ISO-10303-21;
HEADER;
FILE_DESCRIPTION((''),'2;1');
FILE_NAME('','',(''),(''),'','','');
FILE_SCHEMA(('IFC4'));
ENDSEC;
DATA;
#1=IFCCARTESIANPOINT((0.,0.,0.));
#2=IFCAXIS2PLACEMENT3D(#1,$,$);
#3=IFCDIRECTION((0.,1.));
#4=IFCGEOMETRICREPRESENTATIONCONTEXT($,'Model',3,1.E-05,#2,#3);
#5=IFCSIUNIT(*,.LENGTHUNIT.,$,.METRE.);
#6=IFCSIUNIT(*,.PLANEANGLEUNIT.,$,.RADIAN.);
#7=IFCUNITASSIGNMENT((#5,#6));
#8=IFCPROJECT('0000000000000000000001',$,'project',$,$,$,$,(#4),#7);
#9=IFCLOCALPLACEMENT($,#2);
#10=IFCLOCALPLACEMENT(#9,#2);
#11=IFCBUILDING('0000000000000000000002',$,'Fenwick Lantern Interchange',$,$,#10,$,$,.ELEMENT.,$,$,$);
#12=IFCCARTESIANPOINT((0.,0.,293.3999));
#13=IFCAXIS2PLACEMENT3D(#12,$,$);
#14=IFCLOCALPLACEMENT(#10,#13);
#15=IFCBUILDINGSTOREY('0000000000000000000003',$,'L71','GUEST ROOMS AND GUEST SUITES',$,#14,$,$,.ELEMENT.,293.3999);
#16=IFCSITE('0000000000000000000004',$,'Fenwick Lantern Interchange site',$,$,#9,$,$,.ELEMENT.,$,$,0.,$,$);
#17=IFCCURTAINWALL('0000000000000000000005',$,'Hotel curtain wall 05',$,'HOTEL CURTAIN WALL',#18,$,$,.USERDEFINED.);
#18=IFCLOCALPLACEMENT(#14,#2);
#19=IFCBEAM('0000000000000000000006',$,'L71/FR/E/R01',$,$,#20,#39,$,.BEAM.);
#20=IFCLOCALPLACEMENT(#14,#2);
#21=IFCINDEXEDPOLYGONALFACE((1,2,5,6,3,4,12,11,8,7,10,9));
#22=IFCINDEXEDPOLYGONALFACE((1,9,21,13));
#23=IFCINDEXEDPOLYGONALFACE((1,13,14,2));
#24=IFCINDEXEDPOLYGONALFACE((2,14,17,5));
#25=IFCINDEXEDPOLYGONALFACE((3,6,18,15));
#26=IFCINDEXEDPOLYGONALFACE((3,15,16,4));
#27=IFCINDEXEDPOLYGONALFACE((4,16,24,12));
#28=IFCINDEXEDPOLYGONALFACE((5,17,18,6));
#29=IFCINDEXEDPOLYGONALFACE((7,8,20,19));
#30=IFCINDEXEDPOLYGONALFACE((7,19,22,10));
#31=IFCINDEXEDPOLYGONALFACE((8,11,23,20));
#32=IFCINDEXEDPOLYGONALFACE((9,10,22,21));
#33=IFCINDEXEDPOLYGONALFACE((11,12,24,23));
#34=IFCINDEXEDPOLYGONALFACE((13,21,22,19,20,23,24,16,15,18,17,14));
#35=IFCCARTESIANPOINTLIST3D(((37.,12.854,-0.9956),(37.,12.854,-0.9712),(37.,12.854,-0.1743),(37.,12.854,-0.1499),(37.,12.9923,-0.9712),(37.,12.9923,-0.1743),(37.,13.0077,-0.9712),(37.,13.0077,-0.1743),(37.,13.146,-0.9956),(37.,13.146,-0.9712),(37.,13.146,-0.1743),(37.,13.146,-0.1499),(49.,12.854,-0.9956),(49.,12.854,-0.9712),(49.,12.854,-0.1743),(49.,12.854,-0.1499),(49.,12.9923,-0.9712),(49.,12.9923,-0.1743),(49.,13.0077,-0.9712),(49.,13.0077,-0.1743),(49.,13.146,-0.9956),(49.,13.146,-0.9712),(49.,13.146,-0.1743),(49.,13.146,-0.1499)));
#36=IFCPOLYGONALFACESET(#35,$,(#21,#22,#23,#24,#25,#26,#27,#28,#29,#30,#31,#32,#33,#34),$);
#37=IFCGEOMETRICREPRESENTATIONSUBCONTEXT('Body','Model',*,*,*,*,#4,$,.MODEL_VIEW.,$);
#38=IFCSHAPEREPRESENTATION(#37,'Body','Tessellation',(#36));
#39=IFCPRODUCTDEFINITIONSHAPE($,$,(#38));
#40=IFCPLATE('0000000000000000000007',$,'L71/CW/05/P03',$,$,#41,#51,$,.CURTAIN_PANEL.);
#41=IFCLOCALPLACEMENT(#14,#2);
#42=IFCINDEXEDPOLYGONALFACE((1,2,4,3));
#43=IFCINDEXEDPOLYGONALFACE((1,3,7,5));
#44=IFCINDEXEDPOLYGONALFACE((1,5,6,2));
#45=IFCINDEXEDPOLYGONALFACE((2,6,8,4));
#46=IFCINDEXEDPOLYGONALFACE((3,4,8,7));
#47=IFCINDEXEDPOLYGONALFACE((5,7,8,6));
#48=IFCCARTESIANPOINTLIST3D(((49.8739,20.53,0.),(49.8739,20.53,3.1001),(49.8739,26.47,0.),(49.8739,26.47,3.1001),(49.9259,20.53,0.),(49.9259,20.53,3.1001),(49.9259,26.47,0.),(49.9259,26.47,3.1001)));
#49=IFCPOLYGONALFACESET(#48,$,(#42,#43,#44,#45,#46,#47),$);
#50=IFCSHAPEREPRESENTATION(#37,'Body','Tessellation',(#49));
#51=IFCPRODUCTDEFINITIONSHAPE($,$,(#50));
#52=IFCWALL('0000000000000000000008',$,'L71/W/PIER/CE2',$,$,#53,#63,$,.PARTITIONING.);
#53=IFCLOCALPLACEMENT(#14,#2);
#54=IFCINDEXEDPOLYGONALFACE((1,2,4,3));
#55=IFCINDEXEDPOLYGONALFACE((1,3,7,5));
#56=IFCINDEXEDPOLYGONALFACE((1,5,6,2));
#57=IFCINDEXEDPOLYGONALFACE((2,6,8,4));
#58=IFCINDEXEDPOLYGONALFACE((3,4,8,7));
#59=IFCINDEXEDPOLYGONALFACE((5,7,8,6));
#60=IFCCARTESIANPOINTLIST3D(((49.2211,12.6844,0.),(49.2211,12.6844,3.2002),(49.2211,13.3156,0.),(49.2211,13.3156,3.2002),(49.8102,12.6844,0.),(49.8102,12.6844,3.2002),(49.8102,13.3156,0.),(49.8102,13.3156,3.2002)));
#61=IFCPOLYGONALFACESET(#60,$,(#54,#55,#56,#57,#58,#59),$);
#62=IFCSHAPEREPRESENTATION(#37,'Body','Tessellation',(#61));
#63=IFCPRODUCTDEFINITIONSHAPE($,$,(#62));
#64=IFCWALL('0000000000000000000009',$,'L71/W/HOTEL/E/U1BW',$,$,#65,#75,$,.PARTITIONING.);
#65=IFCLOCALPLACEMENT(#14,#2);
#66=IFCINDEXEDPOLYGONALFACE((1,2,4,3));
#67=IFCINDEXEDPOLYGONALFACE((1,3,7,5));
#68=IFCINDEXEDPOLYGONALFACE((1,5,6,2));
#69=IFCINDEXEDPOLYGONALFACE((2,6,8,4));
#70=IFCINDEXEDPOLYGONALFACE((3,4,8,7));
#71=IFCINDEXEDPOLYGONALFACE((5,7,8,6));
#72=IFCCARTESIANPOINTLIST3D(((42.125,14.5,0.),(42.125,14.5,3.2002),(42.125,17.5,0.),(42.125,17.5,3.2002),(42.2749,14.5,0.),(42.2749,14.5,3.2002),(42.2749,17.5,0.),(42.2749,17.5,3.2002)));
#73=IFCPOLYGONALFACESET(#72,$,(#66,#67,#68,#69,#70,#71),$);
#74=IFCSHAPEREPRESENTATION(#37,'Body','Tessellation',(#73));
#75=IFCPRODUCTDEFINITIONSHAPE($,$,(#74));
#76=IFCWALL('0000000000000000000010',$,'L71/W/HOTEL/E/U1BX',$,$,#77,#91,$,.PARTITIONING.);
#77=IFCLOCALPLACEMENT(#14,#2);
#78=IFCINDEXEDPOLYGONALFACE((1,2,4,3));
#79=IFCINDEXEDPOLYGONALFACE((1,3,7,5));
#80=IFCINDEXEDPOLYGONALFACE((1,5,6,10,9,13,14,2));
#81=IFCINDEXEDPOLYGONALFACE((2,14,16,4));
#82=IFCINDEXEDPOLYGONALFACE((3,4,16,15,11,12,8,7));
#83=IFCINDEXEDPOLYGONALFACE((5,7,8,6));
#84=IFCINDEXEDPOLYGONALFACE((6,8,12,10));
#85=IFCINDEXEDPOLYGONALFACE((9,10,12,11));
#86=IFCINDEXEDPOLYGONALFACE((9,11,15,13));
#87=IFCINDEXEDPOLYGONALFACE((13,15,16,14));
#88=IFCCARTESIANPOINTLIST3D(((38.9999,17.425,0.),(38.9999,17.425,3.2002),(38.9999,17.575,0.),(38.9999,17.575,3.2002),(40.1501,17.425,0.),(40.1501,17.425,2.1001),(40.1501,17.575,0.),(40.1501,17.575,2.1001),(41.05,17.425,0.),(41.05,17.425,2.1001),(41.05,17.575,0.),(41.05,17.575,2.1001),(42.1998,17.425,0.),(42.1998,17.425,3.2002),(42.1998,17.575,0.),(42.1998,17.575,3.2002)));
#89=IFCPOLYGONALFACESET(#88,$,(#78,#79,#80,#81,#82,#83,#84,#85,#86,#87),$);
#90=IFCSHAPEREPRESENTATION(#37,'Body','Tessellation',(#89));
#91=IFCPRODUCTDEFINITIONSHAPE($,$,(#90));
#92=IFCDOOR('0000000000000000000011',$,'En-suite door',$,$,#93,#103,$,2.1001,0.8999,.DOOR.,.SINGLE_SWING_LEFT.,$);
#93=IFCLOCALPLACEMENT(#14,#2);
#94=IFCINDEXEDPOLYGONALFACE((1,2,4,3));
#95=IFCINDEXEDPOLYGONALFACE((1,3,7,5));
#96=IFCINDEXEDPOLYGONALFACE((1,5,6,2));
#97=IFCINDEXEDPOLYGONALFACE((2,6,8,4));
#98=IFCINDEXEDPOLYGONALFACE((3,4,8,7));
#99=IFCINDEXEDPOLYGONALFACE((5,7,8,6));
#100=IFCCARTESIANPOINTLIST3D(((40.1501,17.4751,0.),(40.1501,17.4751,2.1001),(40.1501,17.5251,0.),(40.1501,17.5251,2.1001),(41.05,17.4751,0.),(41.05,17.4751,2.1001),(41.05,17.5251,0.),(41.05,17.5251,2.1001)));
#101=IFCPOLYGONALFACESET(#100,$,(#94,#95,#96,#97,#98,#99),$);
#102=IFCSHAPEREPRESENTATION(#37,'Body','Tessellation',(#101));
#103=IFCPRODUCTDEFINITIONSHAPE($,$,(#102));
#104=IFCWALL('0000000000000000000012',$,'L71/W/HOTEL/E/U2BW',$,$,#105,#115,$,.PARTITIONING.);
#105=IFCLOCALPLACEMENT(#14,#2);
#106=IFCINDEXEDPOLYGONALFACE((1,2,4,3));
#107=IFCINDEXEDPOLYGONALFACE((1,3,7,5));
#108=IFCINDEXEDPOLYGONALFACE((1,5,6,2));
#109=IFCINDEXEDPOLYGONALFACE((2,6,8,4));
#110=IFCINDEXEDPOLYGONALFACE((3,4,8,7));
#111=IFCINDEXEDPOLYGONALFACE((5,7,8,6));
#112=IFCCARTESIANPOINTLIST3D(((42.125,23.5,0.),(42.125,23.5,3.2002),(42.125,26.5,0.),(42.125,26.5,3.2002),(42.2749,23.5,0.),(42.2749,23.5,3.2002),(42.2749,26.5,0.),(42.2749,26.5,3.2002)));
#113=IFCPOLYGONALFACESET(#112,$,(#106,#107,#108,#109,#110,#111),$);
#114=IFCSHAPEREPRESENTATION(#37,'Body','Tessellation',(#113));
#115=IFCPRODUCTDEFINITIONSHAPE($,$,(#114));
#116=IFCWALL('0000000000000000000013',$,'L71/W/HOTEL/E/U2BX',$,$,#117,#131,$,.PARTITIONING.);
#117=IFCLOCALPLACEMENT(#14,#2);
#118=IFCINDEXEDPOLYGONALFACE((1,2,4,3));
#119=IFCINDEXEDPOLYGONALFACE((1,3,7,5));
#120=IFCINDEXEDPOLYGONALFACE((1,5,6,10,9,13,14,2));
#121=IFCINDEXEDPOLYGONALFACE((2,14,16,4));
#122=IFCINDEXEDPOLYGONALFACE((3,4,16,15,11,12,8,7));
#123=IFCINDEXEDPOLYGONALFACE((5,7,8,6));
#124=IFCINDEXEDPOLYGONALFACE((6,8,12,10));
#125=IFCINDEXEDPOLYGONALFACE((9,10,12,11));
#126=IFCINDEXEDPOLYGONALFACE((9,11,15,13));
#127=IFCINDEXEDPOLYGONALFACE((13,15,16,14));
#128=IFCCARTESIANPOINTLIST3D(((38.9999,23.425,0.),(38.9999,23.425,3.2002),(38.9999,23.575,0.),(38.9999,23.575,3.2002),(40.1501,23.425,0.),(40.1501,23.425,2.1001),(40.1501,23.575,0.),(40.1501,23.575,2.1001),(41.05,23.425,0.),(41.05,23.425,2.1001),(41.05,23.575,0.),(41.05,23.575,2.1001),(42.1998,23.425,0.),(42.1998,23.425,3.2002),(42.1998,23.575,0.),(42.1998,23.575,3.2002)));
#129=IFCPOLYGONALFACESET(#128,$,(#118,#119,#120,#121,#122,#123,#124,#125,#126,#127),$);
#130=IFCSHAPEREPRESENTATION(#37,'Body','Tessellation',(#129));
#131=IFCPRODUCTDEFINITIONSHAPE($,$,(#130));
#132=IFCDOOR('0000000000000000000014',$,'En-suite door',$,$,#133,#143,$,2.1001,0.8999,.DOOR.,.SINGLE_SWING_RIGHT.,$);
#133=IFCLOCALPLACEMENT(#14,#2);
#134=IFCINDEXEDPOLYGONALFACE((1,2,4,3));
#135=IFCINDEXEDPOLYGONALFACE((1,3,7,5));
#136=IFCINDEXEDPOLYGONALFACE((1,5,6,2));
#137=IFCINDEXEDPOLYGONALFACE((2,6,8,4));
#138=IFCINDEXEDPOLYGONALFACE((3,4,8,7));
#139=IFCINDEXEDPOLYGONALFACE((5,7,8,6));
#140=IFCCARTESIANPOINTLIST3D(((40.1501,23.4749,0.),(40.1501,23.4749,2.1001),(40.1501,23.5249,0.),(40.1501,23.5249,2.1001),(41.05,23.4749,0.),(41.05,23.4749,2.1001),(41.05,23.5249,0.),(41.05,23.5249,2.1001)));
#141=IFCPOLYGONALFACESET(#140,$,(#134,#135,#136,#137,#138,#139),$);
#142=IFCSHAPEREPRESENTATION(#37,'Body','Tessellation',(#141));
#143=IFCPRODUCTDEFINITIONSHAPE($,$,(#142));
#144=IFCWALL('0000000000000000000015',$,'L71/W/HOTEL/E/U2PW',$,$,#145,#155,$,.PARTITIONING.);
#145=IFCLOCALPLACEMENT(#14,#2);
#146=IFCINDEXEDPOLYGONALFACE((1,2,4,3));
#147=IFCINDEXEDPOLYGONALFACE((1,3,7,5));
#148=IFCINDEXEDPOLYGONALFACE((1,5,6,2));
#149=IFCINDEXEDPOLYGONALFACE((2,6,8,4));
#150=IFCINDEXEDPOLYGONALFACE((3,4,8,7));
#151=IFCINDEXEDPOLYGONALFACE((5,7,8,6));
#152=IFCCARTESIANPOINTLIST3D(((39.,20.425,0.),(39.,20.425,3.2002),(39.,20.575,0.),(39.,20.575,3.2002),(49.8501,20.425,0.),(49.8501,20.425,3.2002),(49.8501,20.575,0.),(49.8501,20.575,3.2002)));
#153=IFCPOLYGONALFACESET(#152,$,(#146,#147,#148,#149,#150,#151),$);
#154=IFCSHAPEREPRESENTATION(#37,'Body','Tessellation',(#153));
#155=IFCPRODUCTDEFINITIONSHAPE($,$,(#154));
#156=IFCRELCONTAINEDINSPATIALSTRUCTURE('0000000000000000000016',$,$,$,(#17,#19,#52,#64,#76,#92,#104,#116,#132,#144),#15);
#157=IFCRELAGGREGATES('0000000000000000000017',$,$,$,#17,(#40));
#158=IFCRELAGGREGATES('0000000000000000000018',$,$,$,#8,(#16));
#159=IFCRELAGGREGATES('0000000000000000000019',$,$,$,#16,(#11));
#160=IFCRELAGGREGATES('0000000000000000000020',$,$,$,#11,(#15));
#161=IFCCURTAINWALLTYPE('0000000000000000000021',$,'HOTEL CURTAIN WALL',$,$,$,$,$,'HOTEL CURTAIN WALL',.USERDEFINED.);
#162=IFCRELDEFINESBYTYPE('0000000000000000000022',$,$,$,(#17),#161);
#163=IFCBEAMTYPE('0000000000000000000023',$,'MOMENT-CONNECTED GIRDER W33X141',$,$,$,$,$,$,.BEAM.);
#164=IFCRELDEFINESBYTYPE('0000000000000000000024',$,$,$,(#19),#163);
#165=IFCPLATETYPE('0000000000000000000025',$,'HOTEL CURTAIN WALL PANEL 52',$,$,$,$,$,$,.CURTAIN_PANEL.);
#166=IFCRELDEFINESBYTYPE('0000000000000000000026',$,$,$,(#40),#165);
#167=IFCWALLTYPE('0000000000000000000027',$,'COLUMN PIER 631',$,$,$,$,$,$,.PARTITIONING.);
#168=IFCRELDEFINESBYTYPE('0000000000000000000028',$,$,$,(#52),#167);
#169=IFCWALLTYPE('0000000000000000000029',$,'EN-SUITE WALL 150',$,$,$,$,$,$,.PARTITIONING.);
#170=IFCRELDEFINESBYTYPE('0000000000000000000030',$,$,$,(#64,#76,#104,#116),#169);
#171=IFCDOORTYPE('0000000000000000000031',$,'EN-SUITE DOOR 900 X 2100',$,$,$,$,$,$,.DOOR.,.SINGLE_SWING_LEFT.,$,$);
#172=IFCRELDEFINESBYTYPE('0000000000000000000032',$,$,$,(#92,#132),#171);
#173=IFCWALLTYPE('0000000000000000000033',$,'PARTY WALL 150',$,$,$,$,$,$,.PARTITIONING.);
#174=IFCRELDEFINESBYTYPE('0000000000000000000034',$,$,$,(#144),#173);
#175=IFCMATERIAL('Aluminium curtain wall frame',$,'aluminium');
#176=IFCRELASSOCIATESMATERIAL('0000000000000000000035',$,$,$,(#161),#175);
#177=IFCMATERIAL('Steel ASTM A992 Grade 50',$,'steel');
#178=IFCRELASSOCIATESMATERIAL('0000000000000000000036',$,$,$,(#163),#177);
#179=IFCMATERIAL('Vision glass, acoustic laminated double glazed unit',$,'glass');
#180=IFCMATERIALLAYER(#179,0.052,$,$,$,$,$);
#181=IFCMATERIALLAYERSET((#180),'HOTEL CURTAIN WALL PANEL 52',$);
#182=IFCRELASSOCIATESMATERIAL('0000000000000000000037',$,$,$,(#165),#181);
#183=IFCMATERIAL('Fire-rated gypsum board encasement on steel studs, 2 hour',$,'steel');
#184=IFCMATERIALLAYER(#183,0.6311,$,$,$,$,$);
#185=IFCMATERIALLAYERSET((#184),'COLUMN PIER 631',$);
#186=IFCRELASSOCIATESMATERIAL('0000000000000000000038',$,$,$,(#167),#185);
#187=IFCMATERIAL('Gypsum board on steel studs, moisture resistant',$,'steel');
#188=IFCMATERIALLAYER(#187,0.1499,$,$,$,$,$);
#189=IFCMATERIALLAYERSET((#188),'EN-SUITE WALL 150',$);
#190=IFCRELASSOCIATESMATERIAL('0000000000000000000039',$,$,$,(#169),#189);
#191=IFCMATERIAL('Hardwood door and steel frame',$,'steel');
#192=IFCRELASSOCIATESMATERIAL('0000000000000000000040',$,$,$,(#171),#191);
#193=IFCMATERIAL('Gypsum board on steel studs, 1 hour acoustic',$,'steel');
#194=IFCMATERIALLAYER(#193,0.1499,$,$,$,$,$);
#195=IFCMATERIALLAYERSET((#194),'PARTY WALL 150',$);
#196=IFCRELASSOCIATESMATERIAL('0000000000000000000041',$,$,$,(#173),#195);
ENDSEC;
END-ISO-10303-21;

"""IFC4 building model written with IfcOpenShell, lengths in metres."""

from ifc_helpers import new_model, si_unit, direction, frame, frame_2d, origin, origin_2d, place, context, subcontext, project, spatial, rectangle, i_section, extrude, material, layer, layer_set, material_profile, profile_set, type_object, element, fill, aggregate, save


model = new_model("IFC4")

# Units and contexts
model_context = context("Model", 3, precision=1e-05, world=origin(), true_north=direction((0.0, 1.0)))
body_context = subcontext(model_context, "Body", "Model", "MODEL_VIEW")
ifc_project = project(units=[si_unit("LENGTHUNIT", "METRE"), si_unit("PLANEANGLEUNIT", "RADIAN")], contexts=[model_context])

# Site, building, storey
site_placement = place(None, origin())
site = spatial("IfcSite", under=ifc_project, at=site_placement, Name="Fenwick Lantern Interchange site", CompositionType="ELEMENT", RefElevation=0.0)
building_placement = place(site_placement, origin())
building = spatial("IfcBuilding", under=site, at=building_placement, Name="Fenwick Lantern Interchange", CompositionType="ELEMENT")
storey_placement = place(building_placement, frame((0.0, 0.0, 293.3999)))
storey = spatial("IfcBuildingStorey", under=building, at=storey_placement, Name="L71", Description="GUEST ROOMS AND GUEST SUITES", CompositionType="ELEMENT", Elevation=293.3999)

# Shared definitions
ifc_material_1 = material(Name="Steel ASTM A992 Grade 50", Category="steel")

# Curtain wall
ifc_material_2 = material(Name="Aluminium curtain wall frame", Category="aluminium")
curtain_wall_type = type_object("IfcCurtainWallType", Name="HOTEL CURTAIN WALL", ElementType="HOTEL CURTAIN WALL", PredefinedType="USERDEFINED", material=ifc_material_2)
curtain_wall_placement = place(storey_placement, origin())
curtain_wall = element("IfcCurtainWall", 1, at=curtain_wall_placement, inside=storey, type_object=curtain_wall_type, Name="Hotel curtain wall 05", ObjectType="HOTEL CURTAIN WALL", PredefinedType="USERDEFINED")

# Beam
ifc_material_profile_1 = material_profile(ifc_material_1, i_section(OverallWidth=0.292, OverallDepth=0.8457, WebThickness=0.0154, FlangeThickness=0.0244, at=origin_2d()), Name="W33X141")
ifc_profile_set_1 = profile_set([ifc_material_profile_1], Name="Steel ASTM A992 Grade 50")
beam_type_1 = type_object("IfcBeamType", Name="MOMENT-CONNECTED GIRDER W33X141", PredefinedType="BEAM", material=ifc_profile_set_1)
beam_1_placement = place(storey_placement, frame((49.0, 13.0, -0.5728), z_axis=(-1.0, 0.0, 0.0), x_axis=(0.0, -1.0, 0.0)))
element("IfcBeam", 2, at=beam_1_placement, inside=storey, type_object=beam_type_1, Name="L71/FR/E/R01", PredefinedType="BEAM", context=body_context, shape_type="SweptSolid", body=[
    extrude(i_section(OverallWidth=0.292, OverallDepth=0.8457, WebThickness=0.0154, FlangeThickness=0.0244, at=origin_2d()), origin(), (0.0, 0.0, 1.0), 12.0),
])

# Plate
ifc_material_3 = material(Name="Vision glass, acoustic laminated double glazed unit", Category="glass")
ifc_layer_1 = layer(ifc_material_3, 0.052)
ifc_layer_set_1 = layer_set([ifc_layer_1], Name="HOTEL CURTAIN WALL PANEL 52")
plate_type = type_object("IfcPlateType", Name="HOTEL CURTAIN WALL PANEL 52", PredefinedType="CURTAIN_PANEL", material=ifc_layer_set_1)
plate_placement = place(storey_placement, frame((49.8999, 23.5, 0.0), z_axis=(0.0, 0.0, 1.0), x_axis=(0.0, 1.0, 0.0)))
plate = element("IfcPlate", 3, at=plate_placement, type_object=plate_type, Name="L71/CW/05/P03", PredefinedType="CURTAIN_PANEL", context=body_context, shape_type="SweptSolid", body=[
    extrude(rectangle(XDim=5.9399, YDim=0.052, at=origin_2d()), origin(), (0.0, 0.0, 1.0), 3.1001),
])
aggregate(curtain_wall, [plate])

# Walls
ifc_material_4 = material(Name="Fire-rated gypsum board encasement on steel studs, 2 hour", Category="steel")
ifc_layer_2 = layer(ifc_material_4, 0.6311)
ifc_layer_set_2 = layer_set([ifc_layer_2], Name="COLUMN PIER 631")
wall_type_1 = type_object("IfcWallType", Name="COLUMN PIER 631", PredefinedType="PARTITIONING", material=ifc_layer_set_2)
wall_1_placement = place(storey_placement, frame((49.8101, 13.0, 0.0), z_axis=(0.0, 0.0, 1.0), x_axis=(-1.0, 0.0, 0.0)))
element("IfcWall", 4, at=wall_1_placement, inside=storey, type_object=wall_type_1, Name="L71/W/PIER/CE2", PredefinedType="PARTITIONING", context=body_context, shape_type="SweptSolid", body=[
    extrude(rectangle(XDim=0.5891, YDim=0.6311, at=frame_2d((0.2944, 0.0))), origin(), (0.0, 0.0, 1.0), 3.2002),
])
ifc_material_5 = material(Name="Gypsum board on steel studs, moisture resistant", Category="steel")
ifc_layer_3 = layer(ifc_material_5, 0.1499)
ifc_layer_set_3 = layer_set([ifc_layer_3], Name="EN-SUITE WALL 150")
wall_type_2 = type_object("IfcWallType", Name="EN-SUITE WALL 150", PredefinedType="PARTITIONING", material=ifc_layer_set_3)
wall_2_placement = place(storey_placement, frame((42.2, 14.5, 0.0), z_axis=(0.0, 0.0, 1.0), x_axis=(0.0, 1.0, 0.0)))
element("IfcWall", 5, at=wall_2_placement, inside=storey, type_object=wall_type_2, Name="L71/W/HOTEL/E/U1BW", PredefinedType="PARTITIONING", context=body_context, shape_type="SweptSolid", body=[
    extrude(rectangle(XDim=3.0, YDim=0.1499, at=frame_2d((1.5, 0.0))), origin(), (0.0, 0.0, 1.0), 3.2002),
])

# Wall, opening, door
wall_3_placement = place(storey_placement, frame((42.2, 17.5, 0.0), z_axis=(0.0, 0.0, 1.0), x_axis=(-1.0, 0.0, 0.0)))
wall_3 = element("IfcWall", 6, at=wall_3_placement, inside=storey, type_object=wall_type_2, Name="L71/W/HOTEL/E/U1BX", PredefinedType="PARTITIONING", context=body_context, shape_type="SweptSolid", body=[
    extrude(rectangle(XDim=3.2, YDim=0.1499, at=frame_2d((1.6001, 0.0))), origin(), (0.0, 0.0, 1.0), 3.2002),
])
opening_1_placement = place(wall_3_placement, frame((1.1499, 0.0, 0.0)))
opening_1 = element("IfcOpeningElement", 7, at=opening_1_placement, cuts=wall_3, PredefinedType="OPENING", context=body_context, shape_type="SweptSolid", body=[
    extrude(rectangle(XDim=0.8999, YDim=2.1001, at=frame_2d((0.45, 1.05))), frame((0.0, 0.085, 0.0), z_axis=(0.0, -1.0, 0.0), x_axis=(1.0, 0.0, 0.0)), (0.0, 0.0, 1.0), 0.1699),
])
ifc_material_6 = material(Name="Hardwood door and steel frame", Category="steel")
door_type_1 = type_object("IfcDoorType", Name="EN-SUITE DOOR 900 X 2100", OperationType="SINGLE_SWING_LEFT", PredefinedType="DOOR", material=ifc_material_6)
door_1_placement = place(opening_1_placement, origin())
door_1 = element("IfcDoor", 8, at=door_1_placement, inside=storey, type_object=door_type_1, Name="En-suite door", OperationType="SINGLE_SWING_LEFT", OverallHeight=2.1001, OverallWidth=0.8999, PredefinedType="DOOR", context=body_context, shape_type="SweptSolid", body=[
    extrude(rectangle(XDim=0.8999, YDim=2.1001, at=frame_2d((0.45, 1.05))), frame((0.0, 0.0249, 0.0), z_axis=(0.0, -1.0, 0.0), x_axis=(1.0, 0.0, 0.0)), (0.0, 0.0, 1.0), 0.05),
])
fill(opening_1, door_1)

# Wall
wall_4_placement = place(storey_placement, frame((42.2, 23.5, 0.0), z_axis=(0.0, 0.0, 1.0), x_axis=(0.0, 1.0, 0.0)))
element("IfcWall", 9, at=wall_4_placement, inside=storey, type_object=wall_type_2, Name="L71/W/HOTEL/E/U2BW", PredefinedType="PARTITIONING", context=body_context, shape_type="SweptSolid", body=[
    extrude(rectangle(XDim=3.0, YDim=0.1499, at=frame_2d((1.5, 0.0))), origin(), (0.0, 0.0, 1.0), 3.2002),
])

# Wall, opening, door
wall_5_placement = place(storey_placement, frame((42.2, 23.5, 0.0), z_axis=(0.0, 0.0, 1.0), x_axis=(-1.0, 0.0, 0.0)))
wall_5 = element("IfcWall", 10, at=wall_5_placement, inside=storey, type_object=wall_type_2, Name="L71/W/HOTEL/E/U2BX", PredefinedType="PARTITIONING", context=body_context, shape_type="SweptSolid", body=[
    extrude(rectangle(XDim=3.2, YDim=0.1499, at=frame_2d((1.6001, 0.0))), origin(), (0.0, 0.0, 1.0), 3.2002),
])
opening_2_placement = place(wall_5_placement, frame((1.1499, 0.0, 0.0)))
opening_2 = element("IfcOpeningElement", 11, at=opening_2_placement, cuts=wall_5, PredefinedType="OPENING", context=body_context, shape_type="SweptSolid", body=[
    extrude(rectangle(XDim=0.8999, YDim=2.1001, at=frame_2d((0.45, 1.05))), frame((0.0, 0.085, 0.0), z_axis=(0.0, -1.0, 0.0), x_axis=(1.0, 0.0, 0.0)), (0.0, 0.0, 1.0), 0.1699),
])
door_2_placement = place(opening_2_placement, frame((0.8999, 0.0, 0.0), z_axis=(0.0, 0.0, 1.0), x_axis=(-1.0, 0.0, 0.0)))
door_2 = element("IfcDoor", 12, at=door_2_placement, inside=storey, type_object=door_type_1, Name="En-suite door", OperationType="SINGLE_SWING_RIGHT", OverallHeight=2.1001, OverallWidth=0.8999, PredefinedType="DOOR", context=body_context, shape_type="SweptSolid", body=[
    extrude(rectangle(XDim=0.8999, YDim=2.1001, at=frame_2d((0.45, 1.05))), frame((0.0, 0.0249, 0.0), z_axis=(0.0, -1.0, 0.0), x_axis=(1.0, 0.0, 0.0)), (0.0, 0.0, 1.0), 0.05),
])
fill(opening_2, door_2)

# Wall
ifc_material_7 = material(Name="Gypsum board on steel studs, 1 hour acoustic", Category="steel")
ifc_layer_4 = layer(ifc_material_7, 0.1499)
ifc_layer_set_4 = layer_set([ifc_layer_4], Name="PARTY WALL 150")
wall_type_3 = type_object("IfcWallType", Name="PARTY WALL 150", PredefinedType="PARTITIONING", material=ifc_layer_set_4)
wall_6_placement = place(storey_placement, frame((49.8501, 20.5, 0.0), z_axis=(0.0, 0.0, 1.0), x_axis=(-1.0, 0.0, 0.0)))
element("IfcWall", 13, at=wall_6_placement, inside=storey, type_object=wall_type_3, Name="L71/W/HOTEL/E/U2PW", PredefinedType="PARTITIONING", context=body_context, shape_type="SweptSolid", body=[
    extrude(rectangle(XDim=10.8501, YDim=0.1499, at=frame_2d((5.425, 0.0))), origin(), (0.0, 0.0, 1.0), 3.2002),
])

save(model, "model.ifc")
